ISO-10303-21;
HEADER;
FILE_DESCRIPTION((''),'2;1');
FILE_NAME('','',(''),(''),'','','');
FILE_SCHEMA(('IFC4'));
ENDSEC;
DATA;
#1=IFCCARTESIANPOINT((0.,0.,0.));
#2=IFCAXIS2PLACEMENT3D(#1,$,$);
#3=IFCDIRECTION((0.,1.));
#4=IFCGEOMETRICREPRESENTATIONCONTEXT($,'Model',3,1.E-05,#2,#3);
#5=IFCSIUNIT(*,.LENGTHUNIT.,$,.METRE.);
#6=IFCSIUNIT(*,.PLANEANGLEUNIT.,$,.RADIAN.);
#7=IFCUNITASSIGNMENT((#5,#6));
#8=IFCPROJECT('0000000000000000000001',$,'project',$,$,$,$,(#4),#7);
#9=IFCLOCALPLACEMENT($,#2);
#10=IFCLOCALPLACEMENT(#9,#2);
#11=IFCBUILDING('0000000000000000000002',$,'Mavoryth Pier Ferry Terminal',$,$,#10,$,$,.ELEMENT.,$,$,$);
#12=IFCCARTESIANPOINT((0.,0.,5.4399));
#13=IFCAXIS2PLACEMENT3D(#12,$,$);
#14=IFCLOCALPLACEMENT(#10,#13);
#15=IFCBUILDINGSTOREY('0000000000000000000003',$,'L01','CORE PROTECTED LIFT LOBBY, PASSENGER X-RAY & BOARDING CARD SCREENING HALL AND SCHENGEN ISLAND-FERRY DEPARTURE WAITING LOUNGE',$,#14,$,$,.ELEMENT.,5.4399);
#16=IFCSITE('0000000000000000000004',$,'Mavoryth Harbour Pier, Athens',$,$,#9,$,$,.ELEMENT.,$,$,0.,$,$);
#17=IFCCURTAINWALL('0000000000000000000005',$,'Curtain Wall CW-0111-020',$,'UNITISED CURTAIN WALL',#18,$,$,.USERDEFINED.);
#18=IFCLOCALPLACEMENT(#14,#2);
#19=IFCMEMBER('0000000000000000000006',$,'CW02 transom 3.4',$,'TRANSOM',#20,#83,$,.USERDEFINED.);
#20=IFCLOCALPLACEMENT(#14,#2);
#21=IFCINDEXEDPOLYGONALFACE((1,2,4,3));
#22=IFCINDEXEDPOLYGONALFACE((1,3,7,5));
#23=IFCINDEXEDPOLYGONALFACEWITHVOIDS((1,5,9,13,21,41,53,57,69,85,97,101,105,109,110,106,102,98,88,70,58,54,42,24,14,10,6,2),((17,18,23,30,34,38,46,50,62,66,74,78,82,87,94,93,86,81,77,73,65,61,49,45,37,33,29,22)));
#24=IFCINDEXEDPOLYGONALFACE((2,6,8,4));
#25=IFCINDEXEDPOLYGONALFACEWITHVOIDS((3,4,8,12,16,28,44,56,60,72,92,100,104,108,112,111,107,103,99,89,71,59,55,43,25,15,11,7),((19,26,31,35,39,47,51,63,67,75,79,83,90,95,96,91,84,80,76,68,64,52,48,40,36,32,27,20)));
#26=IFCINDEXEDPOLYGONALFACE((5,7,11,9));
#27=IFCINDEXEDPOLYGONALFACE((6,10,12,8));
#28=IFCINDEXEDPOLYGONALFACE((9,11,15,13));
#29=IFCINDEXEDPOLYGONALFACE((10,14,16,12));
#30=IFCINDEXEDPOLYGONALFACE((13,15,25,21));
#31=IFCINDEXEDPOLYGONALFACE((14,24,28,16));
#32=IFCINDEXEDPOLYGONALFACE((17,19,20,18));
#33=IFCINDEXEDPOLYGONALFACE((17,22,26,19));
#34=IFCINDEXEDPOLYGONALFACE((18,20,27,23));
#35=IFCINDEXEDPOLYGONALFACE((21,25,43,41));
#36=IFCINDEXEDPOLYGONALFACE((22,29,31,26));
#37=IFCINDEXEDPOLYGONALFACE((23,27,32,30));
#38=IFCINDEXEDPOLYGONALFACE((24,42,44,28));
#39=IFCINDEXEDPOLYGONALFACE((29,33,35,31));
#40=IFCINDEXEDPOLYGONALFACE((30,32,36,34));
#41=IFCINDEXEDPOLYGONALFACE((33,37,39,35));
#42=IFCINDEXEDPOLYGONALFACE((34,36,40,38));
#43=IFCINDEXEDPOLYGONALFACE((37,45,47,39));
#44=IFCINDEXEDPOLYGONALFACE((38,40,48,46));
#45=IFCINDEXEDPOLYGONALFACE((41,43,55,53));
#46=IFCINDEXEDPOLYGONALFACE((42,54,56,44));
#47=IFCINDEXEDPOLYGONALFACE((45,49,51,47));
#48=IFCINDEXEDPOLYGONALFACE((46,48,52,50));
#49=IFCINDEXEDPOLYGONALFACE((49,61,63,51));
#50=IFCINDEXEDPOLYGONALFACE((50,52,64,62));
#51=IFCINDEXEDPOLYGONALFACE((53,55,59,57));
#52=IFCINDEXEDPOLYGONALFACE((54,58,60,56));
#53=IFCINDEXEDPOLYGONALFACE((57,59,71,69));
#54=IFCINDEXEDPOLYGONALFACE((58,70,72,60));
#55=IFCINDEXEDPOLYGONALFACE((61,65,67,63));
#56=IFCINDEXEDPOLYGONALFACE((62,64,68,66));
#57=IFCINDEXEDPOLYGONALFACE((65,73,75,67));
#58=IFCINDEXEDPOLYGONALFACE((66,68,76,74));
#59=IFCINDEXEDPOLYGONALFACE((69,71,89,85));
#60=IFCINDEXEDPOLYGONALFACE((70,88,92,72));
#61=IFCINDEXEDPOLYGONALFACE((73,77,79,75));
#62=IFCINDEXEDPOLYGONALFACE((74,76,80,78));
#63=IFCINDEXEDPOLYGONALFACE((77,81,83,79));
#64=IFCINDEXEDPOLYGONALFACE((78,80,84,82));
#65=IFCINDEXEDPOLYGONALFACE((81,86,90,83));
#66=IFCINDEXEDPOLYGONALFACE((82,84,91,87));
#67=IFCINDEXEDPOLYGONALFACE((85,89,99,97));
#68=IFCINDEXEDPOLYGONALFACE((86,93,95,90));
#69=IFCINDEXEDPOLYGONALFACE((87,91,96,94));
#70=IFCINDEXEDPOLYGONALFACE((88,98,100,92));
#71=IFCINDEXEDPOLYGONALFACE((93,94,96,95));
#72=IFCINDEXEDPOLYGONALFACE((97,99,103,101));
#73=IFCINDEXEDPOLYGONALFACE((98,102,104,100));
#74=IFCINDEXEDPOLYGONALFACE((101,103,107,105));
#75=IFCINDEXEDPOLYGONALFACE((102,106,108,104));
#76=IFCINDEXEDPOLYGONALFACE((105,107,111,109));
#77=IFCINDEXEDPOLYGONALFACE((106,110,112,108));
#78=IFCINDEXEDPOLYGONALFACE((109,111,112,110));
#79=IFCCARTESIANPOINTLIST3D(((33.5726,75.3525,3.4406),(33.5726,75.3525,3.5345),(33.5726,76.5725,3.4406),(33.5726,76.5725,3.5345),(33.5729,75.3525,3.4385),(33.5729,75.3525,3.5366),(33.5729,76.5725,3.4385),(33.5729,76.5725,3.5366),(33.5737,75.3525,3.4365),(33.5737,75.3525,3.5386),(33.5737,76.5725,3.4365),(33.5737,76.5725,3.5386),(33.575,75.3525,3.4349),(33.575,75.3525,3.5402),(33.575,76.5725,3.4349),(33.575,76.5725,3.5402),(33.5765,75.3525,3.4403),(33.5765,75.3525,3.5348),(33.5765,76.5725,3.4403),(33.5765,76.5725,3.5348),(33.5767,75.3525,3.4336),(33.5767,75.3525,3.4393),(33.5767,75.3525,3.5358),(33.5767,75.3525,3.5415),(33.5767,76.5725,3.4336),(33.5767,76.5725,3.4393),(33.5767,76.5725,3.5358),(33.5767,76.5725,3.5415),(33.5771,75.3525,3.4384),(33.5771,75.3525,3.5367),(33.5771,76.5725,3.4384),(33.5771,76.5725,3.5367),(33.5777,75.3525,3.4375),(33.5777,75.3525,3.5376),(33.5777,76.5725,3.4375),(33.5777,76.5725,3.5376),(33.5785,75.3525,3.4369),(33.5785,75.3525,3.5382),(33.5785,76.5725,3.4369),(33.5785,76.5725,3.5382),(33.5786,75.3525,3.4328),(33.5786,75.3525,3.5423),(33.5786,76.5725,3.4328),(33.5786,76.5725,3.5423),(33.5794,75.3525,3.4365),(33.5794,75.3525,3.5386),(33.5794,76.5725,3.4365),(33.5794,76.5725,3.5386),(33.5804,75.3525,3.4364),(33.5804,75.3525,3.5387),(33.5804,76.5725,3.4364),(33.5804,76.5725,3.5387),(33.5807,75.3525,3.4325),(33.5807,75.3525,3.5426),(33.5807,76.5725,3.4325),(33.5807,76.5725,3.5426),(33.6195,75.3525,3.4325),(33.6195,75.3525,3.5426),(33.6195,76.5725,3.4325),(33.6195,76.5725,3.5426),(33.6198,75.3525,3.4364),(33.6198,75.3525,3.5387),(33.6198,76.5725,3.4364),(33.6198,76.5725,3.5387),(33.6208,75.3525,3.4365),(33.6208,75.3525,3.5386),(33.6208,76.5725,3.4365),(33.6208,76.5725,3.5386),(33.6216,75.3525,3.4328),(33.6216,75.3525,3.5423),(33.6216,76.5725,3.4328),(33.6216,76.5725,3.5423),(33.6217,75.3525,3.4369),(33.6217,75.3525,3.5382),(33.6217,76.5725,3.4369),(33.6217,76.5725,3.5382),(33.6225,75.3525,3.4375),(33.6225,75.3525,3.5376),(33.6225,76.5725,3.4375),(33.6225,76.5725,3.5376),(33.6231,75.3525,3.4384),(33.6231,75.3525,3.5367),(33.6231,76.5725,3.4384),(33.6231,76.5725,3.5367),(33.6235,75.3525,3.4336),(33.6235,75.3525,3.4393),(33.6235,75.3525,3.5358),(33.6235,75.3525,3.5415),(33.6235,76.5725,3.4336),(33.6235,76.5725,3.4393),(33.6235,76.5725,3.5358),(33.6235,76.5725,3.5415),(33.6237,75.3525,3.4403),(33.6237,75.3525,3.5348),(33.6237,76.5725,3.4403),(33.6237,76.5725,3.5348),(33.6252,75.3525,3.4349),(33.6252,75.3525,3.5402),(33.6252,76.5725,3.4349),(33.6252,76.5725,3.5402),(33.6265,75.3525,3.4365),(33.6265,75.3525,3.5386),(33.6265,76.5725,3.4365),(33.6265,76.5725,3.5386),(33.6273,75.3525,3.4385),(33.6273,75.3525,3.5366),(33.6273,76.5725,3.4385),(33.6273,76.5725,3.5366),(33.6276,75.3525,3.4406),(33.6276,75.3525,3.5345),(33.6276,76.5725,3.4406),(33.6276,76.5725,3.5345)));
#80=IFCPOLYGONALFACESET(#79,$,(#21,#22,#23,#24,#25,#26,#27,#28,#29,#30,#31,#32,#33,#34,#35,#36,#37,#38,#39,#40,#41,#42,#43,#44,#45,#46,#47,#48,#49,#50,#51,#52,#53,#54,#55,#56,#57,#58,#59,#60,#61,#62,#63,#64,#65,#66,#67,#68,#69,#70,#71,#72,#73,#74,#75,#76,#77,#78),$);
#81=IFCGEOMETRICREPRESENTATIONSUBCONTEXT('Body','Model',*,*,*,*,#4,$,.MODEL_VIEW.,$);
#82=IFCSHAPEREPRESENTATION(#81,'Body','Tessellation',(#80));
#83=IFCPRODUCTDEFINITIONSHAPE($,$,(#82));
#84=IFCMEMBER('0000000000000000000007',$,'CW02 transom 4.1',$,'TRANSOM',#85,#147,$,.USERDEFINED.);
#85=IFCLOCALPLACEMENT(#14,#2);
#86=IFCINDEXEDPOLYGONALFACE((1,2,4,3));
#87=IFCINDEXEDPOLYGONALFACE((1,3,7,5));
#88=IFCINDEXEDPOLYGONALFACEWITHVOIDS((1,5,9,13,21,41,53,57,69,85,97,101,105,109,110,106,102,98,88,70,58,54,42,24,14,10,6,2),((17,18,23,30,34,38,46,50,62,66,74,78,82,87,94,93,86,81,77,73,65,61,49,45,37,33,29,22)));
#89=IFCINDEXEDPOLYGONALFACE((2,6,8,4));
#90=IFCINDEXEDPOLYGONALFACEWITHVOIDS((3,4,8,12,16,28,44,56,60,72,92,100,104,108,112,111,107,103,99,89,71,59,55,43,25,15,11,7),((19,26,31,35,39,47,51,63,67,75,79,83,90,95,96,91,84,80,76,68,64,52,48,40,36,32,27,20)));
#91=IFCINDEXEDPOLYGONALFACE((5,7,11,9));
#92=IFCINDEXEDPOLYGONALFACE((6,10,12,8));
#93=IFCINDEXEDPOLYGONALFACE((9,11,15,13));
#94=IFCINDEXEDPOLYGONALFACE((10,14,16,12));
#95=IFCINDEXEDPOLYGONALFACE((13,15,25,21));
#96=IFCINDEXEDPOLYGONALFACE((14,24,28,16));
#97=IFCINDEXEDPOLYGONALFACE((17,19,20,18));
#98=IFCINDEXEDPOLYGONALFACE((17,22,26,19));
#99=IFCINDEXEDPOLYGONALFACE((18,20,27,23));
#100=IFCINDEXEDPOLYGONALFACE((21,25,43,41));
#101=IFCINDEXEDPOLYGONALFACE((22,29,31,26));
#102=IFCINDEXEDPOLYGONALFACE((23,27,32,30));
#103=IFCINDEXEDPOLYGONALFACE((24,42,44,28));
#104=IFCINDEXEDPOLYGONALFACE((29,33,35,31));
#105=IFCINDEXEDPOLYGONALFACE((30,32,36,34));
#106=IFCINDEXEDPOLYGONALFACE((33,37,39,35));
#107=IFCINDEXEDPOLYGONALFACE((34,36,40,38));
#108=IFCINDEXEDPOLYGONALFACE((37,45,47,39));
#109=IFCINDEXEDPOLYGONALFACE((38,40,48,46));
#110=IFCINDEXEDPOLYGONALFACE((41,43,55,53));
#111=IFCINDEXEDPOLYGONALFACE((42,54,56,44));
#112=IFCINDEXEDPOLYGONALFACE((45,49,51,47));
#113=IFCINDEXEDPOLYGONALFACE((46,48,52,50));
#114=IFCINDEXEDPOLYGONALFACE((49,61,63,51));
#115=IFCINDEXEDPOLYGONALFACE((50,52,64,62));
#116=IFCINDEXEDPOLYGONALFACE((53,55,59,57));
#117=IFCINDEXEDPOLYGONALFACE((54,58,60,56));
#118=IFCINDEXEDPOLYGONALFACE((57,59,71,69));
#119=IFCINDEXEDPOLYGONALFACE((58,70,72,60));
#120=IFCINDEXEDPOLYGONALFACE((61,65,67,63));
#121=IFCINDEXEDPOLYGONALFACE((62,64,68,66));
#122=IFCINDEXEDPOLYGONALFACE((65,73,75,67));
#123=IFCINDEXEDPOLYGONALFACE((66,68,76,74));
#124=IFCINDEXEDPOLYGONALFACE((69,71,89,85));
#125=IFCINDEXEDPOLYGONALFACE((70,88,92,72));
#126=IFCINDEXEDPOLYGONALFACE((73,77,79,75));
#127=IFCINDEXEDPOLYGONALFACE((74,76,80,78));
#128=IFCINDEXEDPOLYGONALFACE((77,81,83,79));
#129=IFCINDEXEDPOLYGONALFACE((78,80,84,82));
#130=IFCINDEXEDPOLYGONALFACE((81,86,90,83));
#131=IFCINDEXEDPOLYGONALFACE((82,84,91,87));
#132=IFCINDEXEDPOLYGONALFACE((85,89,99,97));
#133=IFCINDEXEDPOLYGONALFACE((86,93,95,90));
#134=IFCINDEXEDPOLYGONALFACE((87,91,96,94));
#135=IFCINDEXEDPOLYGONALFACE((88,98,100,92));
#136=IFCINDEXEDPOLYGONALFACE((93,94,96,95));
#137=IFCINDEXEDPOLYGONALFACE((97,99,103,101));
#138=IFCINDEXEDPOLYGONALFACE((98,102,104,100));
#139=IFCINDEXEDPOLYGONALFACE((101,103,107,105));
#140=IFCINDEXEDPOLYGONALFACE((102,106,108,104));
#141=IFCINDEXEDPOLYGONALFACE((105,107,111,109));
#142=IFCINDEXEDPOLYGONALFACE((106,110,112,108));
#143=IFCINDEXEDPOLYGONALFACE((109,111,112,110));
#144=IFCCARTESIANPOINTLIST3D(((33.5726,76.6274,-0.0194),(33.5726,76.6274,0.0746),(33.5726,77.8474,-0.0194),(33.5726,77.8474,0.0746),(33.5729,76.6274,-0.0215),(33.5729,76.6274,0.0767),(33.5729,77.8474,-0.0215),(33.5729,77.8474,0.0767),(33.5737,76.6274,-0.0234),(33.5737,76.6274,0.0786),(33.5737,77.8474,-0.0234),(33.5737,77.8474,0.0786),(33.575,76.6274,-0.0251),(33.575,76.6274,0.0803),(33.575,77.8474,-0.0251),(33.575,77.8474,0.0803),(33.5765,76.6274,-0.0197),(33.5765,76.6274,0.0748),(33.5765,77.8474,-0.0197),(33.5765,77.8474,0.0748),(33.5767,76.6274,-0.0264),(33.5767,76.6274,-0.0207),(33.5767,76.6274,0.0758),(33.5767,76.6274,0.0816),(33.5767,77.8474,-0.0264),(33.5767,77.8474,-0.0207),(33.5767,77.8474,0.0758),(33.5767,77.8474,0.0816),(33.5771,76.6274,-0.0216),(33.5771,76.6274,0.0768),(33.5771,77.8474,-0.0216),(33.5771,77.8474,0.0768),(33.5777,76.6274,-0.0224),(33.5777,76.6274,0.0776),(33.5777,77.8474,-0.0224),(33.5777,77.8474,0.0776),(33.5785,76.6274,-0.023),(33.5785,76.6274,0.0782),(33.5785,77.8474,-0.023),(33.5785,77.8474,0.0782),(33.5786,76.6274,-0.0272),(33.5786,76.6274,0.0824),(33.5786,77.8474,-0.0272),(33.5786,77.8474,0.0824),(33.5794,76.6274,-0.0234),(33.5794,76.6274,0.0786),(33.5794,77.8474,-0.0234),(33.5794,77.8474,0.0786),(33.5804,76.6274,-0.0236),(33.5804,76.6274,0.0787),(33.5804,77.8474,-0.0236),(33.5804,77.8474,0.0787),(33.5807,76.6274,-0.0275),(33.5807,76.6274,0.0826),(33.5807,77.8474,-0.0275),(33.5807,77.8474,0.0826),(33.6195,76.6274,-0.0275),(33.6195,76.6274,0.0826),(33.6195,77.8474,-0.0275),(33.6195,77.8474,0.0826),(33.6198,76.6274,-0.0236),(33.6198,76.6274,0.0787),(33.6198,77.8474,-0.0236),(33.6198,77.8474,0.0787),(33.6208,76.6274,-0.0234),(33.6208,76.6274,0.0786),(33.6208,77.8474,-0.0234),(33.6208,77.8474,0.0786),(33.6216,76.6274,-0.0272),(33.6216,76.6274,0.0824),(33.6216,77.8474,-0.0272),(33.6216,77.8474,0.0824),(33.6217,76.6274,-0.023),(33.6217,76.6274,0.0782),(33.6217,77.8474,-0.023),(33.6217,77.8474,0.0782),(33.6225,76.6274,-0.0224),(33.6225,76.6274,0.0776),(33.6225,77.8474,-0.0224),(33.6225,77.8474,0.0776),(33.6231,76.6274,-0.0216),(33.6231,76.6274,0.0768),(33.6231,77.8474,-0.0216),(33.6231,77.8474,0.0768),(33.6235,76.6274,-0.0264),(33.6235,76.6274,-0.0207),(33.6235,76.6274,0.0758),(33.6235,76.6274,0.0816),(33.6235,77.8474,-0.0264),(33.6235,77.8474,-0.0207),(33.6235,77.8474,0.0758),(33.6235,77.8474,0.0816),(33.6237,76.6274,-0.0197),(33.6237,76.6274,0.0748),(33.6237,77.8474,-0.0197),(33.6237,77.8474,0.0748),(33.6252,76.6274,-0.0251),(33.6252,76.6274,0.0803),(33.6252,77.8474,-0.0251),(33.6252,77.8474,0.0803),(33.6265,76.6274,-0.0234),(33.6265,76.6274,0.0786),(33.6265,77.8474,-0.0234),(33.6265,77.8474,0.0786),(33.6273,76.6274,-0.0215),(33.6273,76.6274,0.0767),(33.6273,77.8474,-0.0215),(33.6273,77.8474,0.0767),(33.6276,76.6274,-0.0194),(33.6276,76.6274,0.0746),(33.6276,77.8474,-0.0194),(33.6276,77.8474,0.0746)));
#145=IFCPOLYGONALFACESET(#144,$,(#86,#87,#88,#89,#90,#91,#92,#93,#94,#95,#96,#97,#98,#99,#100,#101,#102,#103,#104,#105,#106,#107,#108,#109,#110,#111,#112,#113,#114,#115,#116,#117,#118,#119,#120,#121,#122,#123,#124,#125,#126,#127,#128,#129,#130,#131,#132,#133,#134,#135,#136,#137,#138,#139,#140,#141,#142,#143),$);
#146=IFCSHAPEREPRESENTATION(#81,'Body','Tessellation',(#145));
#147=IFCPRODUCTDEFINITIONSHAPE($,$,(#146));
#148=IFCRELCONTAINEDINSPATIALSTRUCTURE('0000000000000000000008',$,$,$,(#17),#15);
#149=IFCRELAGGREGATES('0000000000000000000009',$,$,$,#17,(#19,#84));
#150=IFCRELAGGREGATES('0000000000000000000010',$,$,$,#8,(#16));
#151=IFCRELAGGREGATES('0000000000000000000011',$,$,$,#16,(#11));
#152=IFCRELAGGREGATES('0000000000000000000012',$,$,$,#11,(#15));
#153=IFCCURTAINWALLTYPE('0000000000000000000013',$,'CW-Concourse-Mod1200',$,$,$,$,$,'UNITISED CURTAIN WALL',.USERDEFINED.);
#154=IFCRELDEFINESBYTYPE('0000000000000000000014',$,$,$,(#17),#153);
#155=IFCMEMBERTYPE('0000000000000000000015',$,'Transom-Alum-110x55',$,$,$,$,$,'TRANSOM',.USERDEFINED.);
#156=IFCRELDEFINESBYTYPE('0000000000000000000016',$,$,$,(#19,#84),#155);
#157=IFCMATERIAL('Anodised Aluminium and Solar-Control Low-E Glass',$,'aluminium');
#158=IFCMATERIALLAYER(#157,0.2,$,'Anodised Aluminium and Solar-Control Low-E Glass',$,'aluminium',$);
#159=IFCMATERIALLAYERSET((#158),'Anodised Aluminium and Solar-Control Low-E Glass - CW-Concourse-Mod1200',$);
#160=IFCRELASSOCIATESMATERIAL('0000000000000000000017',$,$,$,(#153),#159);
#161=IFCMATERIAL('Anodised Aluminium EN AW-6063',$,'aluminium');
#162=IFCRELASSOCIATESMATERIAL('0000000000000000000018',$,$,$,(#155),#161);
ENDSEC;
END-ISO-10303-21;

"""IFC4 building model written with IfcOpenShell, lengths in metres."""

from ifc_helpers import new_model, si_unit, direction, frame, origin, origin_2d, place, context, subcontext, project, spatial, hollow_rectangle, extrude, material, layer, layer_set, material_profile, profile_set, type_object, element, aggregate, save


model = new_model("IFC4")

# Units and contexts
model_context = context("Model", 3, precision=1e-05, world=origin(), true_north=direction((0.0, 1.0)))
body_context = subcontext(model_context, "Body", "Model", "MODEL_VIEW")
ifc_project = project(units=[si_unit("LENGTHUNIT", "METRE"), si_unit("PLANEANGLEUNIT", "RADIAN")], contexts=[model_context])

# Site, building, storey
site_placement = place(None, origin())
site = spatial("IfcSite", under=ifc_project, at=site_placement, Name="Mavoryth Harbour Pier, Athens", CompositionType="ELEMENT", RefElevation=0.0)
building_placement = place(site_placement, origin())
building = spatial("IfcBuilding", under=site, at=building_placement, Name="Mavoryth Pier Ferry Terminal", CompositionType="ELEMENT")
storey_placement = place(building_placement, frame((0.0, 0.0, 5.4399)))
storey = spatial("IfcBuildingStorey", under=building, at=storey_placement, Name="L01", Description="CORE PROTECTED LIFT LOBBY, PASSENGER X-RAY & BOARDING CARD SCREENING HALL AND SCHENGEN ISLAND-FERRY DEPARTURE WAITING LOUNGE", CompositionType="ELEMENT", Elevation=5.4399)

# Curtain wall, members
ifc_material_1 = material(Name="Anodised Aluminium and Solar-Control Low-E Glass", Category="aluminium")
ifc_layer_1 = layer(ifc_material_1, 0.2, Name="Anodised Aluminium and Solar-Control Low-E Glass", Category="aluminium")
ifc_layer_set_1 = layer_set([ifc_layer_1], Name="Anodised Aluminium and Solar-Control Low-E Glass - CW-Concourse-Mod1200")
curtain_wall_type = type_object("IfcCurtainWallType", Name="CW-Concourse-Mod1200", ElementType="UNITISED CURTAIN WALL", PredefinedType="USERDEFINED", material=ifc_layer_set_1)
curtain_wall_placement = place(storey_placement, origin())
curtain_wall = element("IfcCurtainWall", 1, at=curtain_wall_placement, inside=storey, type_object=curtain_wall_type, Name="Curtain Wall CW-0111-020", ObjectType="UNITISED CURTAIN WALL", PredefinedType="USERDEFINED")
ifc_material_2 = material(Name="Anodised Aluminium EN AW-6063", Category="aluminium")
ifc_material_profile_1 = material_profile(ifc_material_2, hollow_rectangle(XDim=0.0549, YDim=0.1101, WallThickness=0.0039, InnerFilletRadius=0.0039, OuterFilletRadius=0.0081, at=origin_2d()), Name="AL-TRAN 110x55x4", Category="aluminium")
ifc_profile_set_1 = profile_set([ifc_material_profile_1], Name="Anodised Aluminium EN AW-6063 - AL-TRAN 110x55x4")
member_type_1 = type_object("IfcMemberType", Name="Transom-Alum-110x55", ElementType="TRANSOM", PredefinedType="USERDEFINED", material=ifc_profile_set_1)
member_1_placement = place(storey_placement, frame((33.6001, 75.3525, 3.4875), z_axis=(0.0, 1.0, 0.0), x_axis=(-1.0, 0.0, 0.0)))
member_1 = element("IfcMember", 2, at=member_1_placement, type_object=member_type_1, Name="CW02 transom 3.4", ObjectType="TRANSOM", PredefinedType="USERDEFINED", context=body_context, shape_type="SweptSolid", body=[
    extrude(hollow_rectangle(XDim=0.0549, YDim=0.1101, WallThickness=0.0039, InnerFilletRadius=0.0039, OuterFilletRadius=0.0081, at=origin_2d()), origin(), (0.0, 0.0, 1.0), 1.22),
])
member_2_placement = place(storey_placement, frame((33.6001, 76.6274, 0.0276), z_axis=(0.0, 1.0, 0.0), x_axis=(-1.0, 0.0, 0.0)))
member_2 = element("IfcMember", 3, at=member_2_placement, type_object=member_type_1, Name="CW02 transom 4.1", ObjectType="TRANSOM", PredefinedType="USERDEFINED", context=body_context, shape_type="SweptSolid", body=[
    extrude(hollow_rectangle(XDim=0.0549, YDim=0.1101, WallThickness=0.0039, InnerFilletRadius=0.0039, OuterFilletRadius=0.0081, at=origin_2d()), origin(), (0.0, 0.0, 1.0), 1.22),
])
aggregate(curtain_wall, [member_1, member_2])

save(model, "model.ifc")
